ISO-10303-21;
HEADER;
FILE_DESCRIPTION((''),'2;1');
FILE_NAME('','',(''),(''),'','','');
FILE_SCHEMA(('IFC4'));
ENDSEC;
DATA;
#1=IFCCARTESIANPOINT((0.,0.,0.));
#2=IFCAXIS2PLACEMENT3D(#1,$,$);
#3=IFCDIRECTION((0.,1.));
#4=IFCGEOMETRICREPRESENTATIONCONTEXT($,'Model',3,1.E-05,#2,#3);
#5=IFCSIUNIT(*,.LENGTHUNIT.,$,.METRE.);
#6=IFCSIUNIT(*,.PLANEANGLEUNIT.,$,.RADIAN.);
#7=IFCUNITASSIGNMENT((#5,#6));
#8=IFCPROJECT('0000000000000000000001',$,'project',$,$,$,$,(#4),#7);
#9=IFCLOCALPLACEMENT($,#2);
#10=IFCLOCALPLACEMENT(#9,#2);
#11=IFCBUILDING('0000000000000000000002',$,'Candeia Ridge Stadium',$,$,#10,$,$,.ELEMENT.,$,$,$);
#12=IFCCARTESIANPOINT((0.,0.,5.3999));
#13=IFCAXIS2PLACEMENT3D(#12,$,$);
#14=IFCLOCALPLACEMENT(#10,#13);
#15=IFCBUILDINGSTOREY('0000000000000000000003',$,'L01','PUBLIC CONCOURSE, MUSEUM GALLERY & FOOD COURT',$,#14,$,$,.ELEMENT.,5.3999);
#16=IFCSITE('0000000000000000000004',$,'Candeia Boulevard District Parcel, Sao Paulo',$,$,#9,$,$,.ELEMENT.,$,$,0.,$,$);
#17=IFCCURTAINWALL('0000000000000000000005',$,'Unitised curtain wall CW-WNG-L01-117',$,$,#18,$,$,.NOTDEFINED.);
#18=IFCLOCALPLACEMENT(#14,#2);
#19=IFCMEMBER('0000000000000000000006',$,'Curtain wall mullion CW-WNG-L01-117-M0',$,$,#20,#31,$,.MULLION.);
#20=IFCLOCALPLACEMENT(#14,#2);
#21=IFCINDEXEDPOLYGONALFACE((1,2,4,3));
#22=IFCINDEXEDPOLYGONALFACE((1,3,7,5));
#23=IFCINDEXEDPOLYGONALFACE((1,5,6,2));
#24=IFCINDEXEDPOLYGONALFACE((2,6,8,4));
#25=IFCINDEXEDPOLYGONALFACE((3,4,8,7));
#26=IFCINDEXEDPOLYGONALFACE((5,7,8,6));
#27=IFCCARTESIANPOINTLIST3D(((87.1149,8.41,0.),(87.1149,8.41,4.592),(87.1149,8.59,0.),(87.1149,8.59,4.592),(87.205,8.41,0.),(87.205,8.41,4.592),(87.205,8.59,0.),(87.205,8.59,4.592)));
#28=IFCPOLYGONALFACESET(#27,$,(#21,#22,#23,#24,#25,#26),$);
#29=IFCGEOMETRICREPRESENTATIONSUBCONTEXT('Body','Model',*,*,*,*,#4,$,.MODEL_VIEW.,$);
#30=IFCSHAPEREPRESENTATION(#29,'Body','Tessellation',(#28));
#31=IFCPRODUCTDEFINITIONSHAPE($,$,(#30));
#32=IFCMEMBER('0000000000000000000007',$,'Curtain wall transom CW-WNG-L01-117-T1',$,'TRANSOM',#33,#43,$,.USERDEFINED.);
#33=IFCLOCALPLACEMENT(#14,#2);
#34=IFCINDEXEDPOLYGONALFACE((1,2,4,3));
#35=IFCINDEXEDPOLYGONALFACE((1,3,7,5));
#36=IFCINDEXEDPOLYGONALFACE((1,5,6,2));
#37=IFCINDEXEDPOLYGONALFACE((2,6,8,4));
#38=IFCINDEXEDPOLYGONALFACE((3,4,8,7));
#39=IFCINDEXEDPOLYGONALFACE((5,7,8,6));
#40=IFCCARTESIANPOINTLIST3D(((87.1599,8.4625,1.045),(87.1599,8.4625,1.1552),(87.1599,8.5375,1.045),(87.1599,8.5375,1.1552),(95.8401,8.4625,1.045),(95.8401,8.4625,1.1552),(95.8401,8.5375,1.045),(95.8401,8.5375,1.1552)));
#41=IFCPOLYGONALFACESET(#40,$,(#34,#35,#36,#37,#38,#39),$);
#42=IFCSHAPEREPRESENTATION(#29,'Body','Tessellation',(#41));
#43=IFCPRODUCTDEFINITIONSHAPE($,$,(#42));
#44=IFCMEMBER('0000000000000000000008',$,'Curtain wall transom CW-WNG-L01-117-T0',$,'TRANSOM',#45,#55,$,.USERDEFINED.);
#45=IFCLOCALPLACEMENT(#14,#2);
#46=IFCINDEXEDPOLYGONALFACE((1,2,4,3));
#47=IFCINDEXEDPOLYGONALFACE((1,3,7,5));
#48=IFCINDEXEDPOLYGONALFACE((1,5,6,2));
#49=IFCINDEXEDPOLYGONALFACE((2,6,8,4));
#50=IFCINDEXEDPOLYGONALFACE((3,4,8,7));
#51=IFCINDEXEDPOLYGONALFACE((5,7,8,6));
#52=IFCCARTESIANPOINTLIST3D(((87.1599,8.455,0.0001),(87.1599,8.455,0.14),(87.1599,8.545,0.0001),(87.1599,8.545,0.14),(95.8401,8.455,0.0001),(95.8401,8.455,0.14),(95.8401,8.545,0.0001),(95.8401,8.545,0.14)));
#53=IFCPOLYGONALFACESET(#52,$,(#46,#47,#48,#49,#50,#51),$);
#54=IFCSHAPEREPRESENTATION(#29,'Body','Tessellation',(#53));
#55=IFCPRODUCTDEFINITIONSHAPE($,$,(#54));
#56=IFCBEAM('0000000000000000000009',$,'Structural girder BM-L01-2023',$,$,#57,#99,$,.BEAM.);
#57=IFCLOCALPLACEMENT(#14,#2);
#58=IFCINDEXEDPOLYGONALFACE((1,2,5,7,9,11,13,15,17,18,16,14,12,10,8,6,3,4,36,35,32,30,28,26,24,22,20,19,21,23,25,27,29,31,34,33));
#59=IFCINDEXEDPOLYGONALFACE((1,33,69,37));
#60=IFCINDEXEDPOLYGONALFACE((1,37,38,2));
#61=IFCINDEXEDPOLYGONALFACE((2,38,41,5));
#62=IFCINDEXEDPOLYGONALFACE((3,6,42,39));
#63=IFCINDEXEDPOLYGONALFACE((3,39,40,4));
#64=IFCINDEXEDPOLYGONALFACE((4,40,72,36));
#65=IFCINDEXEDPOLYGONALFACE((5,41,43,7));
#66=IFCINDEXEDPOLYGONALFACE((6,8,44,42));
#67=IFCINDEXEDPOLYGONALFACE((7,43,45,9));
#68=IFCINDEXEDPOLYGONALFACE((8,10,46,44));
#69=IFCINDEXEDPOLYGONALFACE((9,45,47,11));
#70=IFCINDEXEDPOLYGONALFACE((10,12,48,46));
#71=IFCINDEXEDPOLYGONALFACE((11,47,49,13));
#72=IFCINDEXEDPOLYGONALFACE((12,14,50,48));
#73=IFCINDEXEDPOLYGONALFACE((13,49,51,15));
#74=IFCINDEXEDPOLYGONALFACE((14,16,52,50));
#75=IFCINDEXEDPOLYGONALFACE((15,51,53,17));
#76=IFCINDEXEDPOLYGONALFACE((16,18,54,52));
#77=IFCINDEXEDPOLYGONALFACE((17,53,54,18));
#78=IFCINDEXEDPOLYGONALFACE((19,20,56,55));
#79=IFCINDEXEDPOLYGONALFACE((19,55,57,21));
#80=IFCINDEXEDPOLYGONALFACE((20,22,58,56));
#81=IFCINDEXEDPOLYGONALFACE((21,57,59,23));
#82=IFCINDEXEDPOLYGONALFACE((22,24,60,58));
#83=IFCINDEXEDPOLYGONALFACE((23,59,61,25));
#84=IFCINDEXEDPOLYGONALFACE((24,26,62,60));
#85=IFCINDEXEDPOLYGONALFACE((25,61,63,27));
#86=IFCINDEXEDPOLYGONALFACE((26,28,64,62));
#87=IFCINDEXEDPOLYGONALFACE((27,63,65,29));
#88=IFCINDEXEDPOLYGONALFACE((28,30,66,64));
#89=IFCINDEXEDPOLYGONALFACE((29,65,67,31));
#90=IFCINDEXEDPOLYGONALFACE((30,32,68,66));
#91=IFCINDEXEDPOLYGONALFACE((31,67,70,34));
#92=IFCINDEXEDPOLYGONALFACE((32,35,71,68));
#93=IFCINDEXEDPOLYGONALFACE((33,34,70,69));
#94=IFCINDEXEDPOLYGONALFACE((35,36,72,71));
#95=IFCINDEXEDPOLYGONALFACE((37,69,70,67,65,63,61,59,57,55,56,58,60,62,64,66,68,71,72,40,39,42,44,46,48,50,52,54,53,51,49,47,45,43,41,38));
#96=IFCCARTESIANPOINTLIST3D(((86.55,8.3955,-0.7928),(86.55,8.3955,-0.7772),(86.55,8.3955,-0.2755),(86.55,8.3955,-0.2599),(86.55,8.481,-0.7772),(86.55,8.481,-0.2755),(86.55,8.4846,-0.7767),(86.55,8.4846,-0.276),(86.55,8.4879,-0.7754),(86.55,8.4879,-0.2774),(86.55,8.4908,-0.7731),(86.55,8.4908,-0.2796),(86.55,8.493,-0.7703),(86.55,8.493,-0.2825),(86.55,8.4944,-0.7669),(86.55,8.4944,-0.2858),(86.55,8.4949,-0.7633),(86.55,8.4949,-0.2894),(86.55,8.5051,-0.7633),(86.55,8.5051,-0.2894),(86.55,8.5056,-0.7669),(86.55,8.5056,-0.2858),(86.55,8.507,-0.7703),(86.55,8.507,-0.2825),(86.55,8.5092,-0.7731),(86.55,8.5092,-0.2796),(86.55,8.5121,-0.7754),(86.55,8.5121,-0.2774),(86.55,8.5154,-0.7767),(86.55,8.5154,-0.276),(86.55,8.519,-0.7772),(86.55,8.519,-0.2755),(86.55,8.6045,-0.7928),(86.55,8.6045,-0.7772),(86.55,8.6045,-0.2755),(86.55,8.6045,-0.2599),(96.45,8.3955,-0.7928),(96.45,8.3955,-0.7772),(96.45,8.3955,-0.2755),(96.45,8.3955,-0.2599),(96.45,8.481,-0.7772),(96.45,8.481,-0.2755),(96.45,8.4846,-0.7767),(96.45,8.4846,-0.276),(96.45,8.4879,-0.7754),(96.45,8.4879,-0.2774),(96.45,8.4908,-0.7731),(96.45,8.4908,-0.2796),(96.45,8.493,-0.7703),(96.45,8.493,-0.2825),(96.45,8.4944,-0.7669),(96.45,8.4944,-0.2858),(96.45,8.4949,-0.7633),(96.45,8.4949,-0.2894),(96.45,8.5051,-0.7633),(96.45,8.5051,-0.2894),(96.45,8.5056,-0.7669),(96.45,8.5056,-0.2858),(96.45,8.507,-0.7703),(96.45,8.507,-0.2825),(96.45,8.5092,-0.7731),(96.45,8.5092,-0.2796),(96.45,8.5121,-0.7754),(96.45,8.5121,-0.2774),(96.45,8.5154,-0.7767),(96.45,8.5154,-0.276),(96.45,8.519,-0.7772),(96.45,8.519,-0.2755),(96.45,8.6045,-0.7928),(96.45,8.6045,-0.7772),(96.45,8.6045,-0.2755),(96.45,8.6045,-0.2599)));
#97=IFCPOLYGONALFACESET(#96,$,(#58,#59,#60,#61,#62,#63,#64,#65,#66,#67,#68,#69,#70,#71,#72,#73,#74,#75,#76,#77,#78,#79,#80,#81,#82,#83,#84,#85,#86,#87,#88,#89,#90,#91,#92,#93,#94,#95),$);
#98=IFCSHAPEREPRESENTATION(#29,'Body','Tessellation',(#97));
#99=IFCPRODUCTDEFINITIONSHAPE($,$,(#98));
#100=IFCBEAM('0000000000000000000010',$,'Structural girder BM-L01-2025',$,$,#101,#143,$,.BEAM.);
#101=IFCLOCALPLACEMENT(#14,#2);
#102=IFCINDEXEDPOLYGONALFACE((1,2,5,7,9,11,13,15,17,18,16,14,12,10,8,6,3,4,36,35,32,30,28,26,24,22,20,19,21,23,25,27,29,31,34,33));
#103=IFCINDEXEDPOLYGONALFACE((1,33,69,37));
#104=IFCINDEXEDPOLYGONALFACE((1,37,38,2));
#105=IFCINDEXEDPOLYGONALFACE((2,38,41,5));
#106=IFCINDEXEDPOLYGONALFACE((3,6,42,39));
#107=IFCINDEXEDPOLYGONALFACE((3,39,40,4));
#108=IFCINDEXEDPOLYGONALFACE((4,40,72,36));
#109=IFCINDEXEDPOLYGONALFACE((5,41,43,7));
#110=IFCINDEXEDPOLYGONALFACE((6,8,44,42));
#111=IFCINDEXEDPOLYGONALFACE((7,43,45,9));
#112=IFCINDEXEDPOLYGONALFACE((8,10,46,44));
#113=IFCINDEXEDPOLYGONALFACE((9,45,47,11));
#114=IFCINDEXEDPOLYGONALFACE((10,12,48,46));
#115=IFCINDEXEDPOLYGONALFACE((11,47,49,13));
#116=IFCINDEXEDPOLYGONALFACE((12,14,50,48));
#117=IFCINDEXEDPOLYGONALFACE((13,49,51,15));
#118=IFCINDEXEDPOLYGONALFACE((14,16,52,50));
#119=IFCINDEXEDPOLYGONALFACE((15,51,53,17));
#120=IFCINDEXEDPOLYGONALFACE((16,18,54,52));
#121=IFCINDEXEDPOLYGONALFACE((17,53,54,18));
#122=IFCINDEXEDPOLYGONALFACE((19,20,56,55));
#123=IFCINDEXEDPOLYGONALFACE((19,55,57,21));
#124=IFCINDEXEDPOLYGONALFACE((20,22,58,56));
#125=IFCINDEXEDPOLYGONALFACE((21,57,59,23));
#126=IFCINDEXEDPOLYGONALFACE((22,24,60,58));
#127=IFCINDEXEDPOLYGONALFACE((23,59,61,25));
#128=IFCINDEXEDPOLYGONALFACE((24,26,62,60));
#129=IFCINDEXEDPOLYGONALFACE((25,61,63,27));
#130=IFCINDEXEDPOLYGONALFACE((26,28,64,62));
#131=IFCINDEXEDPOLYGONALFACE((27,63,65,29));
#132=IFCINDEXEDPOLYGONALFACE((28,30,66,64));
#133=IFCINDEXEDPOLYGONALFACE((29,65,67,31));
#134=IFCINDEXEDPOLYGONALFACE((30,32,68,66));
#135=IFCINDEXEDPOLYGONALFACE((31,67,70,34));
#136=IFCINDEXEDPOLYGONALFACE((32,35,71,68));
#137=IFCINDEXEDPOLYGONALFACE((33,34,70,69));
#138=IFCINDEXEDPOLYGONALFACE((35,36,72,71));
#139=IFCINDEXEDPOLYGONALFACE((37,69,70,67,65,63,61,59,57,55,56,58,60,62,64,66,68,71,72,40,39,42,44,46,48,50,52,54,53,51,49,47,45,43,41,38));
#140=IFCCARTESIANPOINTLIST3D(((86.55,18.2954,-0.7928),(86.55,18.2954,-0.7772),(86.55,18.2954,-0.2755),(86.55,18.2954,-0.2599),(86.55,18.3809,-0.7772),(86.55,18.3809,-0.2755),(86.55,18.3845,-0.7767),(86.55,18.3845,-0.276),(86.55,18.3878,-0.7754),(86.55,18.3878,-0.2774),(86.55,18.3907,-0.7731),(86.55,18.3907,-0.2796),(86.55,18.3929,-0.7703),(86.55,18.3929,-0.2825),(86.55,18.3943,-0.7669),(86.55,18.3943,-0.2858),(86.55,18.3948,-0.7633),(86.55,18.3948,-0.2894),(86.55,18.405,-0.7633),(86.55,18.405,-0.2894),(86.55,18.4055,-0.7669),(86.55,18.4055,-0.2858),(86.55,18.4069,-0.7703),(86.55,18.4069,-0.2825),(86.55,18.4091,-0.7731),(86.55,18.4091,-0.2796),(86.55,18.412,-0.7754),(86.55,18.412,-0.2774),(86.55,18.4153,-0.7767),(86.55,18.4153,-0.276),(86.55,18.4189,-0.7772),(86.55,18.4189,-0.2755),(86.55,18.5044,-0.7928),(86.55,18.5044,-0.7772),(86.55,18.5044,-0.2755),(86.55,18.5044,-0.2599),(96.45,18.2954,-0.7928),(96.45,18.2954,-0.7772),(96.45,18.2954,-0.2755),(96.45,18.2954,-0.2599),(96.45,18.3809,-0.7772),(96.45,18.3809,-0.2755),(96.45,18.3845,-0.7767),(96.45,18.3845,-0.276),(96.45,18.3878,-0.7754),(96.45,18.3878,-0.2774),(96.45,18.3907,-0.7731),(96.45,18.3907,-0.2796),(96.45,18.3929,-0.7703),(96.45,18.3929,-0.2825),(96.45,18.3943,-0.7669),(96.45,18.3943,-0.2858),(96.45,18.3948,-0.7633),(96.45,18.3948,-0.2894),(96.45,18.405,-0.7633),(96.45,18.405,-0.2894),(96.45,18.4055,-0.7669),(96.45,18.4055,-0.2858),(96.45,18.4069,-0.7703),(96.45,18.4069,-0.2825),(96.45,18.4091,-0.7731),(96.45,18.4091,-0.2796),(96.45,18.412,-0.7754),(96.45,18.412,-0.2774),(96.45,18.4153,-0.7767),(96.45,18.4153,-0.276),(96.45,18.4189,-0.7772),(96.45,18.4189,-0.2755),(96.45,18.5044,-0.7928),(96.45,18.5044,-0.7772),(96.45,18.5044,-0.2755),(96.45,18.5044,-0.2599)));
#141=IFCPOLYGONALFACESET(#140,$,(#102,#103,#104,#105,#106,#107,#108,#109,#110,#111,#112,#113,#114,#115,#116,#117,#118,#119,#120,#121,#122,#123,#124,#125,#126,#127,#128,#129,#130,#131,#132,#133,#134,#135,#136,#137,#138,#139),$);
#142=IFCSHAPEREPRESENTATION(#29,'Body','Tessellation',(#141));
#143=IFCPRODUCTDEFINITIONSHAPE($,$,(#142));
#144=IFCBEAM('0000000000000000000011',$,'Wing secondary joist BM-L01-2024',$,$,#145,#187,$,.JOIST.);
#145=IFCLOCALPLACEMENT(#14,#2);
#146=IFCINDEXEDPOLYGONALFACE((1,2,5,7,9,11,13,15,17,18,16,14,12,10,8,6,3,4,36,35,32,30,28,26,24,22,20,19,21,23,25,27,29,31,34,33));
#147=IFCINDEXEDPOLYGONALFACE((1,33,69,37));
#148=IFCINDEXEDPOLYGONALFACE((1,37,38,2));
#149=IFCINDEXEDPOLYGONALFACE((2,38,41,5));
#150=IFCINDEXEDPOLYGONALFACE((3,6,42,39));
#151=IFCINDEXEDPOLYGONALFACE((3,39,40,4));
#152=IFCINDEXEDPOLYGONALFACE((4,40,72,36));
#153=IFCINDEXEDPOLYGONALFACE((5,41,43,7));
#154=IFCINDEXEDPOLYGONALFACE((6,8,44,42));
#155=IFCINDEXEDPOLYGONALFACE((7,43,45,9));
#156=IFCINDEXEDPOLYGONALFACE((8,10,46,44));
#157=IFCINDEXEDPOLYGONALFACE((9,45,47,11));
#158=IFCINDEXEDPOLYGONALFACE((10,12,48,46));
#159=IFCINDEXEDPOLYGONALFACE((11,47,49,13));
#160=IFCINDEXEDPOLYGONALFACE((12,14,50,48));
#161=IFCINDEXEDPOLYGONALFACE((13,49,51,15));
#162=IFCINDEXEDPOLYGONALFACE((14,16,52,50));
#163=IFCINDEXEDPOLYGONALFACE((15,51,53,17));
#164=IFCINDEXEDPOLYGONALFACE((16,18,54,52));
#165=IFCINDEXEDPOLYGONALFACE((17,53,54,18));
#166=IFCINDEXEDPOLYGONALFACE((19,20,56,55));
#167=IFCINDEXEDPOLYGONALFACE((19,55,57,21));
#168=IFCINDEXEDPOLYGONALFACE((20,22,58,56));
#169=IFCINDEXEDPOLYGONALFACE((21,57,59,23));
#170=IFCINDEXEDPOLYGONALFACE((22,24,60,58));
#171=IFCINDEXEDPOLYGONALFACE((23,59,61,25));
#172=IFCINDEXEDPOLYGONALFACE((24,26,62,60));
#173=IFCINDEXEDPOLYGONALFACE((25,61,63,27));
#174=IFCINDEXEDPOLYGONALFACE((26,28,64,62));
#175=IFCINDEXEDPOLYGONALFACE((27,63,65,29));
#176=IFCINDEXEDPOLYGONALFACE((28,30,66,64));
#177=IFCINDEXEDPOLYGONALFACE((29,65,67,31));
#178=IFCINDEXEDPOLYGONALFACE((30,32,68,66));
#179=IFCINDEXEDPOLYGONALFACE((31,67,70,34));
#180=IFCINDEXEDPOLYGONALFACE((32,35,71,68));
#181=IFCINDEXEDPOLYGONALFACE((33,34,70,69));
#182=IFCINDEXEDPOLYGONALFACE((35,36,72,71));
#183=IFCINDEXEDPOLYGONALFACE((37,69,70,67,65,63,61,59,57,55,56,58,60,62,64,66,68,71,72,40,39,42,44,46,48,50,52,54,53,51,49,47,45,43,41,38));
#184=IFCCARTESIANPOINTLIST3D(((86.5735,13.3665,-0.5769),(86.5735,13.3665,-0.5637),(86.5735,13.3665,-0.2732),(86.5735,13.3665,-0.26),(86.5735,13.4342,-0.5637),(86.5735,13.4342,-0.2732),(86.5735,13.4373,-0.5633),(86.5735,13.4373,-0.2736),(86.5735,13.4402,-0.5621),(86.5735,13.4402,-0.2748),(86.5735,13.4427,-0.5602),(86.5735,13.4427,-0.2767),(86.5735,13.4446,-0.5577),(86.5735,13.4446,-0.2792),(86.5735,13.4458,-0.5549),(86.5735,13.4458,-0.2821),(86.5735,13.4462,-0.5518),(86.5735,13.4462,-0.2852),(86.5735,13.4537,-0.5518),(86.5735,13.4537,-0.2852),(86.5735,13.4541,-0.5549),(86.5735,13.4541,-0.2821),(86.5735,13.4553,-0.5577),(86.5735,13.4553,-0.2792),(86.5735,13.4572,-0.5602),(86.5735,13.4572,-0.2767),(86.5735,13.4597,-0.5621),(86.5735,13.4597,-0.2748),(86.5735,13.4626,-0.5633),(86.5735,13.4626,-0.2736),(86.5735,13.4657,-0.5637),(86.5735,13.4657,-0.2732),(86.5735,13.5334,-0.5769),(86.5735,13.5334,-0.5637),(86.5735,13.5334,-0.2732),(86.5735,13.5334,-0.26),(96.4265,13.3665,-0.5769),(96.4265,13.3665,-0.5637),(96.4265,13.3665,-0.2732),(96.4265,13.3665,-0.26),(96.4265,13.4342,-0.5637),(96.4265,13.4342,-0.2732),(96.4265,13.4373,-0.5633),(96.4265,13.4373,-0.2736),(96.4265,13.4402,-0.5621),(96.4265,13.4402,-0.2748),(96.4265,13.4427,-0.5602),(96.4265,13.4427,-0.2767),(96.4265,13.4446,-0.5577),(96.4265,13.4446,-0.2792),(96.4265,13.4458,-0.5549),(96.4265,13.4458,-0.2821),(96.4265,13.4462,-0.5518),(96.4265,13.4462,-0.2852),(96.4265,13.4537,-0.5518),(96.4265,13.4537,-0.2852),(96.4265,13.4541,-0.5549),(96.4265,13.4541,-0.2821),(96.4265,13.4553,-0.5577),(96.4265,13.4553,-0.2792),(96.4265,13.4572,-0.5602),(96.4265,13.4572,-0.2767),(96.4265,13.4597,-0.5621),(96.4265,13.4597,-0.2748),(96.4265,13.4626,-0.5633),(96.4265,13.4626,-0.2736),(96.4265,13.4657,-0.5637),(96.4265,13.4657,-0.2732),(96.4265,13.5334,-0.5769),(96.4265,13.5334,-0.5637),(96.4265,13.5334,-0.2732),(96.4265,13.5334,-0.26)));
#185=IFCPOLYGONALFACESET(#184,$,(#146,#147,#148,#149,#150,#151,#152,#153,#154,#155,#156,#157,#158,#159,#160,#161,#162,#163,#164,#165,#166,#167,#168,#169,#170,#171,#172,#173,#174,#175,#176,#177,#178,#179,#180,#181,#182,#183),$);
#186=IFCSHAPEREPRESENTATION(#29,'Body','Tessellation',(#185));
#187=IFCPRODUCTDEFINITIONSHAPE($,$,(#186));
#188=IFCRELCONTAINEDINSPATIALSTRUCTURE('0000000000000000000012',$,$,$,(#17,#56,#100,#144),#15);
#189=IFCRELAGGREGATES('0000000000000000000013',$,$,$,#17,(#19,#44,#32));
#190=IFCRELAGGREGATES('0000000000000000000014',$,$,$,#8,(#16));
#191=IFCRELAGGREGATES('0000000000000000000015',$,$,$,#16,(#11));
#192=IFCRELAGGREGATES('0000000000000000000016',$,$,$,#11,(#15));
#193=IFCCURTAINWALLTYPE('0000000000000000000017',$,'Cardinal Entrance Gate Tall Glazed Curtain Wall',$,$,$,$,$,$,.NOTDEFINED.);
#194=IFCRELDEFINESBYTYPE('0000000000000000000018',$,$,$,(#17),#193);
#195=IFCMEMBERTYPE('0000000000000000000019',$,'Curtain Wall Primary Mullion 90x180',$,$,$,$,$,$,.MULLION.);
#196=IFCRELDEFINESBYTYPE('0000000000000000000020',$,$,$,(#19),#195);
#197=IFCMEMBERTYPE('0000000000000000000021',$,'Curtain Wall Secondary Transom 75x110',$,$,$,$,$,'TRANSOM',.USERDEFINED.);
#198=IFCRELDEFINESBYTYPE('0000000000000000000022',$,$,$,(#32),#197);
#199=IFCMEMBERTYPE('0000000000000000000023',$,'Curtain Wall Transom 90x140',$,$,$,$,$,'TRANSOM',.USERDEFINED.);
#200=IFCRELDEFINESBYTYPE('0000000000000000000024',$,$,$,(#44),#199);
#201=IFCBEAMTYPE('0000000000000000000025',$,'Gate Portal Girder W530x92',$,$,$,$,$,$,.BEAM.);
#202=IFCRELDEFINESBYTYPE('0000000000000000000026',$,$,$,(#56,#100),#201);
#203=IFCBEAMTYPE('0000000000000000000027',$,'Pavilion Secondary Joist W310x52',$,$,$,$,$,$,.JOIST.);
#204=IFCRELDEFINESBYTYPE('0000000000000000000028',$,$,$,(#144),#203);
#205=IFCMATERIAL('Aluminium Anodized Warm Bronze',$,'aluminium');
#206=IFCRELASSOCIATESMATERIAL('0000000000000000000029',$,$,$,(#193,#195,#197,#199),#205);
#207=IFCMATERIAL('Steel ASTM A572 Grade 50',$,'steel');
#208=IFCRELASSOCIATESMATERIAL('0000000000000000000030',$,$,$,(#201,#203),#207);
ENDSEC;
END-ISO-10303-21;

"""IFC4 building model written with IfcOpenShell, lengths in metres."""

from ifc_helpers import new_model, si_unit, direction, frame, origin, origin_2d, place, context, subcontext, project, spatial, rectangle, i_section, extrude, material, material_profile, profile_set, type_object, element, aggregate, save


model = new_model("IFC4")

# Units and contexts
model_context = context("Model", 3, precision=1e-05, world=origin(), true_north=direction((0.0, 1.0)))
body_context = subcontext(model_context, "Body", "Model", "MODEL_VIEW")
ifc_project = project(units=[si_unit("LENGTHUNIT", "METRE"), si_unit("PLANEANGLEUNIT", "RADIAN")], contexts=[model_context])

# Site, building, storey
site_placement = place(None, origin())
site = spatial("IfcSite", under=ifc_project, at=site_placement, Name="Candeia Boulevard District Parcel, Sao Paulo", CompositionType="ELEMENT", RefElevation=0.0)
building_placement = place(site_placement, origin())
building = spatial("IfcBuilding", under=site, at=building_placement, Name="Candeia Ridge Stadium", CompositionType="ELEMENT")
storey_placement = place(building_placement, frame((0.0, 0.0, 5.3999)))
storey = spatial("IfcBuildingStorey", under=building, at=storey_placement, Name="L01", Description="PUBLIC CONCOURSE, MUSEUM GALLERY & FOOD COURT", CompositionType="ELEMENT", Elevation=5.3999)

# Shared definitions
ifc_material_1 = material(Name="Steel ASTM A572 Grade 50", Category="steel")

# Curtain wall, members
ifc_material_2 = material(Name="Aluminium Anodized Warm Bronze", Category="aluminium")
curtain_wall_type = type_object("IfcCurtainWallType", Name="Cardinal Entrance Gate Tall Glazed Curtain Wall", PredefinedType="NOTDEFINED", material=ifc_material_2)
curtain_wall_placement = place(storey_placement, origin())
curtain_wall = element("IfcCurtainWall", 1, at=curtain_wall_placement, inside=storey, type_object=curtain_wall_type, Name="Unitised curtain wall CW-WNG-L01-117", PredefinedType="NOTDEFINED")
ifc_material_profile_1 = material_profile(ifc_material_2, rectangle(XDim=0.0901, YDim=0.1799, at=origin_2d()), Name="CWM-90x180", Category="aluminium")
ifc_profile_set_1 = profile_set([ifc_material_profile_1], Name="Aluminium Anodized Warm Bronze")
member_type_1 = type_object("IfcMemberType", Name="Curtain Wall Primary Mullion 90x180", PredefinedType="MULLION", material=ifc_profile_set_1)
member_1_placement = place(storey_placement, frame((87.1599, 8.5, 0.0), z_axis=(0.0, 0.0, 1.0), x_axis=(1.0, 0.0, 0.0)))
member_1 = element("IfcMember", 2, at=member_1_placement, type_object=member_type_1, Name="Curtain wall mullion CW-WNG-L01-117-M0", PredefinedType="MULLION", context=body_context, shape_type="SweptSolid", body=[
    extrude(rectangle(XDim=0.0901, YDim=0.1799, at=origin_2d()), origin(), (0.0, 0.0, 1.0), 4.592),
])
ifc_material_profile_2 = material_profile(ifc_material_2, rectangle(XDim=0.075, YDim=0.1101, at=origin_2d()), Name="CWT-75x110", Category="aluminium")
ifc_profile_set_2 = profile_set([ifc_material_profile_2], Name="Aluminium Anodized Warm Bronze")
member_type_2 = type_object("IfcMemberType", Name="Curtain Wall Secondary Transom 75x110", ElementType="TRANSOM", PredefinedType="USERDEFINED", material=ifc_profile_set_2)
member_2_placement = place(storey_placement, frame((87.1599, 8.5, 1.1001), z_axis=(1.0, 0.0, 0.0), x_axis=(0.0, 1.0, 0.0)))
member_2 = element("IfcMember", 3, at=member_2_placement, type_object=member_type_2, Name="Curtain wall transom CW-WNG-L01-117-T1", ObjectType="TRANSOM", PredefinedType="USERDEFINED", context=body_context, shape_type="SweptSolid", body=[
    extrude(rectangle(XDim=0.075, YDim=0.1101, at=origin_2d()), origin(), (0.0, 0.0, 1.0), 8.6802),
])
ifc_material_profile_3 = material_profile(ifc_material_2, rectangle(XDim=0.0901, YDim=0.1399, at=origin_2d()), Name="CWT-90x140", Category="aluminium")
ifc_profile_set_3 = profile_set([ifc_material_profile_3], Name="Aluminium Anodized Warm Bronze")
member_type_3 = type_object("IfcMemberType", Name="Curtain Wall Transom 90x140", ElementType="TRANSOM", PredefinedType="USERDEFINED", material=ifc_profile_set_3)
member_3_placement = place(storey_placement, frame((87.1599, 8.5, 0.0701), z_axis=(1.0, 0.0, 0.0), x_axis=(0.0, 1.0, 0.0)))
member_3 = element("IfcMember", 4, at=member_3_placement, type_object=member_type_3, Name="Curtain wall transom CW-WNG-L01-117-T0", ObjectType="TRANSOM", PredefinedType="USERDEFINED", context=body_context, shape_type="SweptSolid", body=[
    extrude(rectangle(XDim=0.0901, YDim=0.1399, at=origin_2d()), origin(), (0.0, 0.0, 1.0), 8.6802),
])
aggregate(curtain_wall, [member_1, member_3, member_2])

# Beams
ifc_material_profile_4 = material_profile(ifc_material_1, i_section(OverallWidth=0.209, OverallDepth=0.533, WebThickness=0.0103, FlangeThickness=0.0156, FilletRadius=0.0139, at=origin_2d()), Name="W530x92", Category="steel")
ifc_profile_set_4 = profile_set([ifc_material_profile_4], Name="Steel ASTM A572 Grade 50")
beam_type_1 = type_object("IfcBeamType", Name="Gate Portal Girder W530x92", PredefinedType="BEAM", material=ifc_profile_set_4)
for number, where, z_axis, x_axis, name in (
    (5, (86.55, 8.5, -0.5264), (1.0, 0.0, 0.0), (0.0, 1.0, 0.0), "Structural girder BM-L01-2023"),
    (6, (86.55, 18.3999, -0.5264), (1.0, 0.0, 0.0), (0.0, 1.0, 0.0), "Structural girder BM-L01-2025"),
):
    element("IfcBeam", number, at=place(storey_placement, frame(where, z_axis=z_axis, x_axis=x_axis)), inside=storey, type_object=beam_type_1, Name=name, PredefinedType="BEAM", context=body_context, shape_type="SweptSolid", body=[
        extrude(i_section(OverallWidth=0.209, OverallDepth=0.533, WebThickness=0.0103, FlangeThickness=0.0156, FilletRadius=0.0139, at=origin_2d()), origin(), (0.0, 0.0, 1.0), 9.8999),
    ])
ifc_material_profile_5 = material_profile(ifc_material_1, i_section(OverallWidth=0.167, OverallDepth=0.3169, WebThickness=0.0076, FlangeThickness=0.0132, FilletRadius=0.012, at=origin_2d()), Name="W310x52", Category="steel")
ifc_profile_set_5 = profile_set([ifc_material_profile_5], Name="Steel ASTM A572 Grade 50")
beam_type_2 = type_object("IfcBeamType", Name="Pavilion Secondary Joist W310x52", PredefinedType="JOIST", material=ifc_profile_set_5)
beam_1_placement = place(storey_placement, frame((86.5735, 13.45, -0.4185), z_axis=(1.0, 0.0, 0.0), x_axis=(0.0, 1.0, 0.0)))
element("IfcBeam", 7, at=beam_1_placement, inside=storey, type_object=beam_type_2, Name="Wing secondary joist BM-L01-2024", PredefinedType="JOIST", context=body_context, shape_type="SweptSolid", body=[
    extrude(i_section(OverallWidth=0.167, OverallDepth=0.3169, WebThickness=0.0076, FlangeThickness=0.0132, FilletRadius=0.012, at=origin_2d()), origin(), (0.0, 0.0, 1.0), 9.853),
])

save(model, "model.ifc")
